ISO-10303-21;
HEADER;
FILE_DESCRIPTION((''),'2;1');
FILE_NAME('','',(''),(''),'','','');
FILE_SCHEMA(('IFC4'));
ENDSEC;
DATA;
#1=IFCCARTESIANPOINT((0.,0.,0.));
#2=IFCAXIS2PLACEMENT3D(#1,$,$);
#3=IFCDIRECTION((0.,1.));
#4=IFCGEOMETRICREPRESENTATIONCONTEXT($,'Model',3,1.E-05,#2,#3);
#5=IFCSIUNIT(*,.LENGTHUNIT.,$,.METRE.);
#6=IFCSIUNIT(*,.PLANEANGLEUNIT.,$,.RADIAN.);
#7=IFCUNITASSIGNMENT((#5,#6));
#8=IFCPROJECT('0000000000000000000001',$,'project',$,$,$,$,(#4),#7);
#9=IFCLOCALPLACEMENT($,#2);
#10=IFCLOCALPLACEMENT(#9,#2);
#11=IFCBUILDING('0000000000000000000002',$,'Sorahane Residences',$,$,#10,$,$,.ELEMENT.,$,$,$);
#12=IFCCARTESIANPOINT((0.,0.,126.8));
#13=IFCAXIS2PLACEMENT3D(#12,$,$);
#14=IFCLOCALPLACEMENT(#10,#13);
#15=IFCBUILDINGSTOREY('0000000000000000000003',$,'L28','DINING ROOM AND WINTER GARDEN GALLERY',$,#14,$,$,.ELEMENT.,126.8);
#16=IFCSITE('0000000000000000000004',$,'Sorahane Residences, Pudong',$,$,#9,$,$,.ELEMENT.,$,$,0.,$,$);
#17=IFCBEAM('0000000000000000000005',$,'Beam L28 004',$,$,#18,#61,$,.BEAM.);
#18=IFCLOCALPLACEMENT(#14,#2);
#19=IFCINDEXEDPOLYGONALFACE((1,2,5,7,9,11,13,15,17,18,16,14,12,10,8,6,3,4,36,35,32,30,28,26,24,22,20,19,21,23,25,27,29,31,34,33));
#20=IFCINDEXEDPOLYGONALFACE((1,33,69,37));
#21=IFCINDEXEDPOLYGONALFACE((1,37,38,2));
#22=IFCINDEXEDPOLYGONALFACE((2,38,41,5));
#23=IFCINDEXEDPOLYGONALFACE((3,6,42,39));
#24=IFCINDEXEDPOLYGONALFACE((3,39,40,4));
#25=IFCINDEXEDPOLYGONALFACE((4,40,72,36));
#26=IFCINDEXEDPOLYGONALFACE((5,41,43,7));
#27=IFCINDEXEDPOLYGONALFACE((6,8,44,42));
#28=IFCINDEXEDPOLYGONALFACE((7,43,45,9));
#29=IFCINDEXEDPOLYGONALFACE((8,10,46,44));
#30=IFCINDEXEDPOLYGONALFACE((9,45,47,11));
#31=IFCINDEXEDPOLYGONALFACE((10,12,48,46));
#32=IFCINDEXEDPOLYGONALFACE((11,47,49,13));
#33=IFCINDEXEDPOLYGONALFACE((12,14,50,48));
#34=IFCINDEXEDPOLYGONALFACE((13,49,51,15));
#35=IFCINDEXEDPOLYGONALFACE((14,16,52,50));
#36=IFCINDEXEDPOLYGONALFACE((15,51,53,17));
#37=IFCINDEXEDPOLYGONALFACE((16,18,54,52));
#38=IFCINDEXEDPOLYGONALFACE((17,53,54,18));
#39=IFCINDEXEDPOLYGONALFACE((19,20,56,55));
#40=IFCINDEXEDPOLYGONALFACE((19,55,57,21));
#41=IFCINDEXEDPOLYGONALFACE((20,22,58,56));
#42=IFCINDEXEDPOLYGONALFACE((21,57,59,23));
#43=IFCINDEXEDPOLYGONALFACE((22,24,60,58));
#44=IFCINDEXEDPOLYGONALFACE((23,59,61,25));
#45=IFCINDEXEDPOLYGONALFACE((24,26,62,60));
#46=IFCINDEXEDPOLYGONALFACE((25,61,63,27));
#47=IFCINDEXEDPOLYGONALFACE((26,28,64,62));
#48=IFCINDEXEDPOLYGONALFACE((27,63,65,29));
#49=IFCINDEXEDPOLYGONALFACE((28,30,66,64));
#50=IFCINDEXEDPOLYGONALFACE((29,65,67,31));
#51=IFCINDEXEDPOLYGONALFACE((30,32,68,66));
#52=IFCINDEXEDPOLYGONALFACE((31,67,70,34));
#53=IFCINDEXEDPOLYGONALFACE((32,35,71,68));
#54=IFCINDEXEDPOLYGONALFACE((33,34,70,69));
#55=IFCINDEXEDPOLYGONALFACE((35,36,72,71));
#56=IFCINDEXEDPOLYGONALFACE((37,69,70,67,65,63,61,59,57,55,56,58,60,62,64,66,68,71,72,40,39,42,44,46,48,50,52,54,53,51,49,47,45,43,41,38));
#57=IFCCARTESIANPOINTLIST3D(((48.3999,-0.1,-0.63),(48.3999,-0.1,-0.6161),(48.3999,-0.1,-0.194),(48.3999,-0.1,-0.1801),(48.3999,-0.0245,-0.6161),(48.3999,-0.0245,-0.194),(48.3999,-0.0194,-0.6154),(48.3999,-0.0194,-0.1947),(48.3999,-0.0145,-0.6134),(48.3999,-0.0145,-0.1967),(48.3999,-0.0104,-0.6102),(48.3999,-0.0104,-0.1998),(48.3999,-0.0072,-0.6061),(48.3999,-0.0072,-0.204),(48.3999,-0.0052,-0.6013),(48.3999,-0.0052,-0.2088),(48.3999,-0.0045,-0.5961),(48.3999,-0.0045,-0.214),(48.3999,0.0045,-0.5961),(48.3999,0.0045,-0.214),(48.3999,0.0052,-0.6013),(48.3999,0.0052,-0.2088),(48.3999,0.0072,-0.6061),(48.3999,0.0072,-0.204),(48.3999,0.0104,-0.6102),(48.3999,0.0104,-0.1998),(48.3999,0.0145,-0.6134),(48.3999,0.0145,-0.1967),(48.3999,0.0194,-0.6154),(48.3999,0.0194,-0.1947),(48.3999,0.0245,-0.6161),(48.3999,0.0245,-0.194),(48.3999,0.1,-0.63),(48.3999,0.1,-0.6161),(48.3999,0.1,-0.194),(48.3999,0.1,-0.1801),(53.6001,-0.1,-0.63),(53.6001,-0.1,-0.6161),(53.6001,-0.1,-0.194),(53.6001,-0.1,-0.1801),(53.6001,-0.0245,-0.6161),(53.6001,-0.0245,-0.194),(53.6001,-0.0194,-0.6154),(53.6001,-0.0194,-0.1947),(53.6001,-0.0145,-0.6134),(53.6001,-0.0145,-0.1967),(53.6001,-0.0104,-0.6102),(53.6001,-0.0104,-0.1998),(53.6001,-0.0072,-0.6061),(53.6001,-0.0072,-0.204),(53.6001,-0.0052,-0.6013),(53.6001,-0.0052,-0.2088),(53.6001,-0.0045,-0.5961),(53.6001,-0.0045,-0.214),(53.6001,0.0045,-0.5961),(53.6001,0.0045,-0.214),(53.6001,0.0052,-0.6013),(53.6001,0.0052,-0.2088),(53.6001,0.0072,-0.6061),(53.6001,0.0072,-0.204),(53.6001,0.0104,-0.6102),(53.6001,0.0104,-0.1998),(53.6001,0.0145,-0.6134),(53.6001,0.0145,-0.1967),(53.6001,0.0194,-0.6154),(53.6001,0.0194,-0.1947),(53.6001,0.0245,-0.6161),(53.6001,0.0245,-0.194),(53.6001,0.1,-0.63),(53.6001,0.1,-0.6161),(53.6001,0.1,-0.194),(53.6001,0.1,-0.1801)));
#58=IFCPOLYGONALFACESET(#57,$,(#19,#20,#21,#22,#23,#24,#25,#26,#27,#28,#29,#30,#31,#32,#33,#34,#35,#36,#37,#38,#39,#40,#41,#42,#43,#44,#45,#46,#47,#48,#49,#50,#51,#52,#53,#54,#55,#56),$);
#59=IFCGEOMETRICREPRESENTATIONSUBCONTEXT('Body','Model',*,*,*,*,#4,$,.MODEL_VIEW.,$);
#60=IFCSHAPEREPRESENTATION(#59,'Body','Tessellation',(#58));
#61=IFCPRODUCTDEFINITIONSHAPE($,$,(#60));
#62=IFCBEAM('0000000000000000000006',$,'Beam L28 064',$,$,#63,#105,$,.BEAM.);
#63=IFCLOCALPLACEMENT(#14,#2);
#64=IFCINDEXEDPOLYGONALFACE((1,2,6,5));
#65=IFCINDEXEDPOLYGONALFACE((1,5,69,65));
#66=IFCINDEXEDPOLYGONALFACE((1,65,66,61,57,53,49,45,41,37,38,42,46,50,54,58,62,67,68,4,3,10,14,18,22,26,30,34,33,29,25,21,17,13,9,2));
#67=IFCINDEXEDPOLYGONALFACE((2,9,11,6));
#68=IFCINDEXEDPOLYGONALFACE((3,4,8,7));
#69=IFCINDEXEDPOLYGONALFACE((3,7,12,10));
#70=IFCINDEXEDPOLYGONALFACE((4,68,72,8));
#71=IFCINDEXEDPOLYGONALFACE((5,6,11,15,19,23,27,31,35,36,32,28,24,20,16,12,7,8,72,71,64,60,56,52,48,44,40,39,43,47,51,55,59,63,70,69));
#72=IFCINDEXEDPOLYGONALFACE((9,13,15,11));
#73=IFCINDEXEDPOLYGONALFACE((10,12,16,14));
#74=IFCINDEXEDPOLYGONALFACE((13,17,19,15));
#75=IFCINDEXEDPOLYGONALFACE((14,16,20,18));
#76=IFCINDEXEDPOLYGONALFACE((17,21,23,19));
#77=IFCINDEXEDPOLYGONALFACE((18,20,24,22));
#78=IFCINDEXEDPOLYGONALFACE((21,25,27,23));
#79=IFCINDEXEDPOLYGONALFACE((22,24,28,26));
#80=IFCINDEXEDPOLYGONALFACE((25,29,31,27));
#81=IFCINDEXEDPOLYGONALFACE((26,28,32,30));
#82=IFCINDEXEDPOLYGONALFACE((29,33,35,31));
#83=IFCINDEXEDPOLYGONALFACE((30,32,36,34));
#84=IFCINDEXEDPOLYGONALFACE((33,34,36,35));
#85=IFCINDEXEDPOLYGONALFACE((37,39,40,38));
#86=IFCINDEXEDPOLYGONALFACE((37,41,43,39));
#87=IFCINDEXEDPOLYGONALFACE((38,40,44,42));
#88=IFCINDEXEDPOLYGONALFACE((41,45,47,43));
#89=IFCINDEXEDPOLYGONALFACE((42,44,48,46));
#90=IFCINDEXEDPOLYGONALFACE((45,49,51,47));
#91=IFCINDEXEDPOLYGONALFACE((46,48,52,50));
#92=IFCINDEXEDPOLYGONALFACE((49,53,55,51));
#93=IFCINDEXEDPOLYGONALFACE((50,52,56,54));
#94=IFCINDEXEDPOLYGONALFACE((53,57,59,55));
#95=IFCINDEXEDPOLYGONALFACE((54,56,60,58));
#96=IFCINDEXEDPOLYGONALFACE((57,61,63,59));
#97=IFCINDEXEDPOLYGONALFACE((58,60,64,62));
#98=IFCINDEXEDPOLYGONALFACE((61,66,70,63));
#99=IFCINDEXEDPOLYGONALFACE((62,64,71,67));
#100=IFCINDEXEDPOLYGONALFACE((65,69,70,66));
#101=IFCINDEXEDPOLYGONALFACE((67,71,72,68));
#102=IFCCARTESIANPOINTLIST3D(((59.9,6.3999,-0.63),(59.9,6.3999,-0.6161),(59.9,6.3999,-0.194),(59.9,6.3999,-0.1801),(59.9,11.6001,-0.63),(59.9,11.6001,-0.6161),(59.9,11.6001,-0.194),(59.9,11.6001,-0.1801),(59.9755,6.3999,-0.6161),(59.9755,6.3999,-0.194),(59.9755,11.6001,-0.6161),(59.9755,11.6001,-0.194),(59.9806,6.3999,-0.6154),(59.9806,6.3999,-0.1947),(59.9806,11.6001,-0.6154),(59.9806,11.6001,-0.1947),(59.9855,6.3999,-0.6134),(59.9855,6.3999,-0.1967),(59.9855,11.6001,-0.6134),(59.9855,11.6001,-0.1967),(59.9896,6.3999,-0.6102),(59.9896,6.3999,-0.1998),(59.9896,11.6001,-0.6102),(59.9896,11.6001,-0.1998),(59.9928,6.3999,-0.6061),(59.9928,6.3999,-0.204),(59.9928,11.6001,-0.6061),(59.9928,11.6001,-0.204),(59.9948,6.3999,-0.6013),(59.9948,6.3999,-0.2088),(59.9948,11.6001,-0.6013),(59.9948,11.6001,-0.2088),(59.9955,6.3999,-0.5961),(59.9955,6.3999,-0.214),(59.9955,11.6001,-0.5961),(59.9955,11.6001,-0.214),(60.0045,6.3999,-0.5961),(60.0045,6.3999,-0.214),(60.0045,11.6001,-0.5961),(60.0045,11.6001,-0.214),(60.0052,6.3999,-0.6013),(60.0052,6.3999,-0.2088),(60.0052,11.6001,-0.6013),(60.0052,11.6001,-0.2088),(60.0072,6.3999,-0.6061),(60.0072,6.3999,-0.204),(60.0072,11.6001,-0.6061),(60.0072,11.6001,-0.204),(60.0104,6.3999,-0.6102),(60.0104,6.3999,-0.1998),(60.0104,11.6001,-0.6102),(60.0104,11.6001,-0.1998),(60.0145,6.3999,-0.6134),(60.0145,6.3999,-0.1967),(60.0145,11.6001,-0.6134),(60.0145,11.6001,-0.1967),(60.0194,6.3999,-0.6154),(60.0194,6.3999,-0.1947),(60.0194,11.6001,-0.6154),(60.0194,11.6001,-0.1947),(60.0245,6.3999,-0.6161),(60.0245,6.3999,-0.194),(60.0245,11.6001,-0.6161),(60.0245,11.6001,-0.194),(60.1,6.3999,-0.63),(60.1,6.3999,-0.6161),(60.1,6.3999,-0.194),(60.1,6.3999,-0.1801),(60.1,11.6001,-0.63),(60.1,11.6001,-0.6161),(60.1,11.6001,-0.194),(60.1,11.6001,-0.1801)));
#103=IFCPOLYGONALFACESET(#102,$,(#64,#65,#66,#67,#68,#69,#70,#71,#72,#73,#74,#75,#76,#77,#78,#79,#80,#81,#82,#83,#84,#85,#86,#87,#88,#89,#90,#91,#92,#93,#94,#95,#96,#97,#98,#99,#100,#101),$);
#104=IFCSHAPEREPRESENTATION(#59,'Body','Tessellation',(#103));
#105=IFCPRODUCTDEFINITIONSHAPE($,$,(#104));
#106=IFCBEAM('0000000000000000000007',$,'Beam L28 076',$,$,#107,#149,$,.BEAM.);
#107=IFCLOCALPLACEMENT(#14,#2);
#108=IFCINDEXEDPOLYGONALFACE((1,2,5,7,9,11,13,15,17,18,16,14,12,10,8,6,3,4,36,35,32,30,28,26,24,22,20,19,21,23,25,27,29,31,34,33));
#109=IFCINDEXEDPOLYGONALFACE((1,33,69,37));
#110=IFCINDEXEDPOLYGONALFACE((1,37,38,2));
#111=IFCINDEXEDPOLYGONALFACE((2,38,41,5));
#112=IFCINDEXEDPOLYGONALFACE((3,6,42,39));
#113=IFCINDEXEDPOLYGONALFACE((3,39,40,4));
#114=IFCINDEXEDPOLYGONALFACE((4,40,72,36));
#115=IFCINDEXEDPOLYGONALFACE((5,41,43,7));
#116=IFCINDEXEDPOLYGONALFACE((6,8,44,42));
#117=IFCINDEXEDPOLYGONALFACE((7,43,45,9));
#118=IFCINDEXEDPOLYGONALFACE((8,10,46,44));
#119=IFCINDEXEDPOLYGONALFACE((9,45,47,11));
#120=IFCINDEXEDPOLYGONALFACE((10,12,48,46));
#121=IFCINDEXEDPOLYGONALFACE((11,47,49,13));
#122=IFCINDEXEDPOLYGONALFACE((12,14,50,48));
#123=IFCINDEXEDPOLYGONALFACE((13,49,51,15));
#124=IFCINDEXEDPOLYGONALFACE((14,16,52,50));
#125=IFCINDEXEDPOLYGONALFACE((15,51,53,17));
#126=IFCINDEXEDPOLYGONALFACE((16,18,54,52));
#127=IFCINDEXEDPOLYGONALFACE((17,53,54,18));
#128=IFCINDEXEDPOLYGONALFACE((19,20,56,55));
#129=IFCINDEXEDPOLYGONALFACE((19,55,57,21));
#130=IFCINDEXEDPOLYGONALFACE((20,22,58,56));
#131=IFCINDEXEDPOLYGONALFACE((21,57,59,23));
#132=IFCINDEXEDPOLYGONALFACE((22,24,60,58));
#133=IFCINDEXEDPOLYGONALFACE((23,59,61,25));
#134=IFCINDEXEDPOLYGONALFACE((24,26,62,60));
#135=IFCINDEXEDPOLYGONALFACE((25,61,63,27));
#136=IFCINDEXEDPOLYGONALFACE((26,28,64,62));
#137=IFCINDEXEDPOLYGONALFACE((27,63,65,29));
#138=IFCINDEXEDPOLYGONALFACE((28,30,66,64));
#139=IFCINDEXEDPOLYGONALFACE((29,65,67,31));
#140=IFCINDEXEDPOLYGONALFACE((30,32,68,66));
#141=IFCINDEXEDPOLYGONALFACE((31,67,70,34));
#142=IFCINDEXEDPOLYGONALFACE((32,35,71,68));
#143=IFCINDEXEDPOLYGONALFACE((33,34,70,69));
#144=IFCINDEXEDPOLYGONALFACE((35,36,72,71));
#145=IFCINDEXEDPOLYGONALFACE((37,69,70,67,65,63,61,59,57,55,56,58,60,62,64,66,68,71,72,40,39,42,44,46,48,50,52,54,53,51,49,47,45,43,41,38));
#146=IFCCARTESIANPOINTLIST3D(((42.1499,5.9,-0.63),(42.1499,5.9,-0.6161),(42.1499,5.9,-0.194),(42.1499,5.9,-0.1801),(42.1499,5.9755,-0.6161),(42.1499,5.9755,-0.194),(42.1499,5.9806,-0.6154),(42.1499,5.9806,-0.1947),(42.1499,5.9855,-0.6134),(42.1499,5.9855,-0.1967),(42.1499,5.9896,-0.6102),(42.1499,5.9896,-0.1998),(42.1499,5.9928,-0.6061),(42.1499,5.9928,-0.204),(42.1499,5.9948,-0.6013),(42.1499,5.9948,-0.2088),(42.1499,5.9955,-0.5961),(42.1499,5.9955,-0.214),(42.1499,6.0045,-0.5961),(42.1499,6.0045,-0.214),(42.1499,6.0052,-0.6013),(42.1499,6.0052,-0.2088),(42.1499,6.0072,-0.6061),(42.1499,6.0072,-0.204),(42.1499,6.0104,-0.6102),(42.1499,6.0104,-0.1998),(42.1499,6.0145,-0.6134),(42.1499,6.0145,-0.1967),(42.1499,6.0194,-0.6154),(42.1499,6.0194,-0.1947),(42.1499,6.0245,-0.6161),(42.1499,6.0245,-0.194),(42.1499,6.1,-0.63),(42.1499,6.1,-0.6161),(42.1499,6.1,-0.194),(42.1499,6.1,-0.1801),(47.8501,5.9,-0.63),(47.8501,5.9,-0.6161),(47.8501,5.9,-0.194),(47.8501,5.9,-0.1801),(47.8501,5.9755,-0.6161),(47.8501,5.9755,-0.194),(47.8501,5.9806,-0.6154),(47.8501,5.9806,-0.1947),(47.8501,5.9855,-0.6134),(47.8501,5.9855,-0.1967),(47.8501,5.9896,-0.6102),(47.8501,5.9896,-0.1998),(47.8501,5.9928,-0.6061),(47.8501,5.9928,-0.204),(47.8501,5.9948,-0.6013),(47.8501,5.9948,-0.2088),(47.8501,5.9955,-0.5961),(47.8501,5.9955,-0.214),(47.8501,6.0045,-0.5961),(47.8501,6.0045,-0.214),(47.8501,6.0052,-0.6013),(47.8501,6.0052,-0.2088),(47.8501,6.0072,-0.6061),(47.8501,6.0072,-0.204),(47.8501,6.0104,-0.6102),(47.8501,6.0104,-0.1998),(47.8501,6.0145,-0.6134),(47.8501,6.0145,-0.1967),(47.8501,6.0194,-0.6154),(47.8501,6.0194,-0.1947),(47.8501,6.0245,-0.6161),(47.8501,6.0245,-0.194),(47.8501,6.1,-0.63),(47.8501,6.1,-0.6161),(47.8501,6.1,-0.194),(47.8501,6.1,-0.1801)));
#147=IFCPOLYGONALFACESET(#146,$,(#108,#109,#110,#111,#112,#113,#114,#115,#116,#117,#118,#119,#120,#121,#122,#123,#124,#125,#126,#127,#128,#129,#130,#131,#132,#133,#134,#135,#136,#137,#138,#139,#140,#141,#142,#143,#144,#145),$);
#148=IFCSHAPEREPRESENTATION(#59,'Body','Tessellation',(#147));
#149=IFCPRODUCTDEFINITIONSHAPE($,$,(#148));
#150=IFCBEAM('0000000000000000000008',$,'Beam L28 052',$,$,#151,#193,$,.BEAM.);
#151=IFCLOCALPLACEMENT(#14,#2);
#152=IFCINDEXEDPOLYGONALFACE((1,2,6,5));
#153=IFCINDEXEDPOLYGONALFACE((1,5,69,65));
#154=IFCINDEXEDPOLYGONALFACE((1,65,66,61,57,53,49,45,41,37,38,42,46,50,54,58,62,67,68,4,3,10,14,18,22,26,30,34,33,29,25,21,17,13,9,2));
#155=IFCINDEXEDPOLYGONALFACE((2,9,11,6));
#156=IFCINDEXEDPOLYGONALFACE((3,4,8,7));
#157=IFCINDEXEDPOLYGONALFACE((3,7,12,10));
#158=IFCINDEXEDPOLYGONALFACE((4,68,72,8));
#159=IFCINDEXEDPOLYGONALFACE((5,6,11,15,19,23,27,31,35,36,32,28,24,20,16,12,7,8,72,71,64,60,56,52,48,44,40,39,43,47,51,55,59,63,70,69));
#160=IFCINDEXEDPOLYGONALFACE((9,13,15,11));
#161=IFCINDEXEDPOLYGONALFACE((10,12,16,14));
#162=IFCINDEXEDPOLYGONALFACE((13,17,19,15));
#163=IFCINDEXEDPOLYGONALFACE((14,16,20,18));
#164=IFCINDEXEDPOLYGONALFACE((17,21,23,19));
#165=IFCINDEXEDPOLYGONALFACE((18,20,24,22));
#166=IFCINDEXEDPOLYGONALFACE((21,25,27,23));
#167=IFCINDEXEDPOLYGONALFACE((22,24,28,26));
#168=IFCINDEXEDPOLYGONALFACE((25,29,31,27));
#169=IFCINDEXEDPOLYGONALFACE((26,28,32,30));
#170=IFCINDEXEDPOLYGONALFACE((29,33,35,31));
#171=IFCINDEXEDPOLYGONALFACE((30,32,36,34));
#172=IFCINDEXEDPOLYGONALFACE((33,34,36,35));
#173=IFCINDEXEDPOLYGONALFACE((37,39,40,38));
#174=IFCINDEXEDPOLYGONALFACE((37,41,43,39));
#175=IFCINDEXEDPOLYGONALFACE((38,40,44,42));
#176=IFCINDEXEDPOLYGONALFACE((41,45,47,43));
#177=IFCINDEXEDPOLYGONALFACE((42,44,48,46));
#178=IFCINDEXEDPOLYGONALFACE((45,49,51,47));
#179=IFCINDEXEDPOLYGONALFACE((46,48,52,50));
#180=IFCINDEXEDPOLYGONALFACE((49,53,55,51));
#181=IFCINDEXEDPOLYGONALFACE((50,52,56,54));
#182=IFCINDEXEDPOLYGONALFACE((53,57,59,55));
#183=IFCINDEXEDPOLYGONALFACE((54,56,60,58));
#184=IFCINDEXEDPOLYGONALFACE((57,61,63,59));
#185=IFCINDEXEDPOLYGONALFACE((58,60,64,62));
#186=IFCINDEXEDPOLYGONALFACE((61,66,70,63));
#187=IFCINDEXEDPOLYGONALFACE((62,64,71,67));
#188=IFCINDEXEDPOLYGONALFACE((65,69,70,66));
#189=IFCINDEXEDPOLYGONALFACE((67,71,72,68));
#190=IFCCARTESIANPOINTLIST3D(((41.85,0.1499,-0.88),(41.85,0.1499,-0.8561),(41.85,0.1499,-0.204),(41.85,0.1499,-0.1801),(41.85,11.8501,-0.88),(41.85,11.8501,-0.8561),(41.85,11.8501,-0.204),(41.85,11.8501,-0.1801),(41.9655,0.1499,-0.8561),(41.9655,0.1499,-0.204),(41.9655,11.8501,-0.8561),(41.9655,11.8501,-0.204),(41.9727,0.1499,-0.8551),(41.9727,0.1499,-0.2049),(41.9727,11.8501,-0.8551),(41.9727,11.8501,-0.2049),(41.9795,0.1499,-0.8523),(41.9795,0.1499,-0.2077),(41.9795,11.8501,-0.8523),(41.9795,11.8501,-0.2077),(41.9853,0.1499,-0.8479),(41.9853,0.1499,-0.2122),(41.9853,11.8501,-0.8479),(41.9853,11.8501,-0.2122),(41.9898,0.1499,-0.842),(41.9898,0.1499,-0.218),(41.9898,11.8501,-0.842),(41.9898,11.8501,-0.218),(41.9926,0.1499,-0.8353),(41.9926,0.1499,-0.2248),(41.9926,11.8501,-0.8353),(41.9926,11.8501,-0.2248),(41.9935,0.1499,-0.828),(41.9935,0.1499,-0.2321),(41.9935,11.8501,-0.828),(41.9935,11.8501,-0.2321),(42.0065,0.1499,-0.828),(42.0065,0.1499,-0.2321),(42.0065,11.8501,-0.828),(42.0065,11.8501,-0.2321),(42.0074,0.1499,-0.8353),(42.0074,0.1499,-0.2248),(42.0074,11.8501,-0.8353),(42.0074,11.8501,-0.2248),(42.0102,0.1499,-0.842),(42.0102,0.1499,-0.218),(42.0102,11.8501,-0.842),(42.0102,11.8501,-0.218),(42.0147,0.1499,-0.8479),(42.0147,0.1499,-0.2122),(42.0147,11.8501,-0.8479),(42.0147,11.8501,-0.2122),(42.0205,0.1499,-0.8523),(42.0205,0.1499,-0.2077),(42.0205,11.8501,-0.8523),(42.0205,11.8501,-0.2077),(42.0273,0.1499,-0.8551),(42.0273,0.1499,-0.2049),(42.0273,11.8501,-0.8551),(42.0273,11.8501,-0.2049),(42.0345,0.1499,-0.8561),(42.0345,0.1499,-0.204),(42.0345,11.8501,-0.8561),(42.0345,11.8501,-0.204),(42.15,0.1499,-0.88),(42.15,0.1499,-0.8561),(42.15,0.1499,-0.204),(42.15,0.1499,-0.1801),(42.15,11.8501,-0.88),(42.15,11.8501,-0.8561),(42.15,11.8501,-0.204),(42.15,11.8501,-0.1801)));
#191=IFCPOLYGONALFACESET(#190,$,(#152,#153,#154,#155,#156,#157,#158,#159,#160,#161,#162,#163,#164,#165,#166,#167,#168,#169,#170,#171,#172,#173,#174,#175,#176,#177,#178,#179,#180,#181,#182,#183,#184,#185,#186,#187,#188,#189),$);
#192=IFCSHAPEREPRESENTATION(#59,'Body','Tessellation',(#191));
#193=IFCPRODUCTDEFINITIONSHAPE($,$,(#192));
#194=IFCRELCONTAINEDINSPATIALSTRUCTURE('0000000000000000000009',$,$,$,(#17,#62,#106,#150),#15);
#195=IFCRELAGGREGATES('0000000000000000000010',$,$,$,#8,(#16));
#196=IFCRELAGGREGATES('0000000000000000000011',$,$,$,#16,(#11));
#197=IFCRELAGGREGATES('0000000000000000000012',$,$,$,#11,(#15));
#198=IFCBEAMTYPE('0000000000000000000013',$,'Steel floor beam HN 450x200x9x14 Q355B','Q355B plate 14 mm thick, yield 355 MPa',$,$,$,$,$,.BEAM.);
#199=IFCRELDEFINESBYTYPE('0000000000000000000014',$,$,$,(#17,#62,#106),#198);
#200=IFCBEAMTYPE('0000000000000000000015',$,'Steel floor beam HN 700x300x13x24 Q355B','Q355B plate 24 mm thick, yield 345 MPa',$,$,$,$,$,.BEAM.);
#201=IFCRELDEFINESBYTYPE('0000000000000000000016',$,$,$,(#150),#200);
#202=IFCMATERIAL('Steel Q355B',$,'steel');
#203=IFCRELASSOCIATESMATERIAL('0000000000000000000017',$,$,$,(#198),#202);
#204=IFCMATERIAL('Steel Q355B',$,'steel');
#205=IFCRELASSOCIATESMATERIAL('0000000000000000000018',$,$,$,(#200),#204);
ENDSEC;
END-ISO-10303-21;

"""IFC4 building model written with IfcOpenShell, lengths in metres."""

from ifc_helpers import new_model, si_unit, direction, frame, origin, origin_2d, place, context, subcontext, project, spatial, i_section, extrude, material, material_profile, profile_set, type_object, element, save


model = new_model("IFC4")

# Units and contexts
model_context = context("Model", 3, precision=1e-05, world=origin(), true_north=direction((0.0, 1.0)))
body_context = subcontext(model_context, "Body", "Model", "MODEL_VIEW")
ifc_project = project(units=[si_unit("LENGTHUNIT", "METRE"), si_unit("PLANEANGLEUNIT", "RADIAN")], contexts=[model_context])

# Site, building, storey
site_placement = place(None, origin())
site = spatial("IfcSite", under=ifc_project, at=site_placement, Name="Sorahane Residences, Pudong", CompositionType="ELEMENT", RefElevation=0.0)
building_placement = place(site_placement, origin())
building = spatial("IfcBuilding", under=site, at=building_placement, Name="Sorahane Residences", CompositionType="ELEMENT")
storey_placement = place(building_placement, frame((0.0, 0.0, 126.8)))
storey = spatial("IfcBuildingStorey", under=building, at=storey_placement, Name="L28", Description="DINING ROOM AND WINTER GARDEN GALLERY", CompositionType="ELEMENT", Elevation=126.8)

# Beams
ifc_material_1 = material(Name="Steel Q355B", Category="steel")
ifc_material_profile_1 = material_profile(ifc_material_1, i_section(OverallWidth=0.2, OverallDepth=0.45, WebThickness=0.009, FlangeThickness=0.0139, FilletRadius=0.02, at=origin_2d()), Name="HN 450x200x9x14")
ifc_profile_set_1 = profile_set([ifc_material_profile_1], Name="Steel Q355B")
beam_type_1 = type_object("IfcBeamType", Name="Steel floor beam HN 450x200x9x14 Q355B", Description="Q355B plate 14 mm thick, yield 355 MPa", PredefinedType="BEAM", material=ifc_profile_set_1)
for number, where, z_axis, x_axis, name in (
    (1, (48.3999, 0.0, -0.405), (1.0, 0.0, 0.0), (0.0, 1.0, 0.0), "Beam L28 004"),
    (2, (60.0, 6.3999, -0.405), (0.0, 1.0, 0.0), (-1.0, 0.0, 0.0), "Beam L28 064"),
):
    element("IfcBeam", number, at=place(storey_placement, frame(where, z_axis=z_axis, x_axis=x_axis)), inside=storey, type_object=beam_type_1, Name=name, PredefinedType="BEAM", context=body_context, shape_type="SweptSolid", body=[
        extrude(i_section(OverallWidth=0.2, OverallDepth=0.45, WebThickness=0.009, FlangeThickness=0.0139, FilletRadius=0.02, at=origin_2d()), origin(), (0.0, 0.0, 1.0), 5.2002),
    ])
beam_1_placement = place(storey_placement, frame((42.1499, 6.0, -0.405), z_axis=(1.0, 0.0, 0.0), x_axis=(0.0, 1.0, 0.0)))
element("IfcBeam", 3, at=beam_1_placement, inside=storey, type_object=beam_type_1, Name="Beam L28 076", PredefinedType="BEAM", context=body_context, shape_type="SweptSolid", body=[
    extrude(i_section(OverallWidth=0.2, OverallDepth=0.45, WebThickness=0.009, FlangeThickness=0.0139, FilletRadius=0.02, at=origin_2d()), origin(), (0.0, 0.0, 1.0), 5.7002),
])
ifc_material_2 = material(Name="Steel Q355B", Category="steel")
ifc_material_profile_2 = material_profile(ifc_material_2, i_section(OverallWidth=0.3, OverallDepth=0.7, WebThickness=0.0129, FlangeThickness=0.0239, FilletRadius=0.0281, at=origin_2d()), Name="HN 700x300x13x24")
ifc_profile_set_2 = profile_set([ifc_material_profile_2], Name="Steel Q355B")
beam_type_2 = type_object("IfcBeamType", Name="Steel floor beam HN 700x300x13x24 Q355B", Description="Q355B plate 24 mm thick, yield 345 MPa", PredefinedType="BEAM", material=ifc_profile_set_2)
beam_2_placement = place(storey_placement, frame((42.0, 0.1499, -0.53), z_axis=(0.0, 1.0, 0.0), x_axis=(-1.0, 0.0, 0.0)))
element("IfcBeam", 4, at=beam_2_placement, inside=storey, type_object=beam_type_2, Name="Beam L28 052", PredefinedType="BEAM", context=body_context, shape_type="SweptSolid", body=[
    extrude(i_section(OverallWidth=0.3, OverallDepth=0.7, WebThickness=0.0129, FlangeThickness=0.0239, FilletRadius=0.0281, at=origin_2d()), origin(), (0.0, 0.0, 1.0), 11.7002),
])

save(model, "model.ifc")
